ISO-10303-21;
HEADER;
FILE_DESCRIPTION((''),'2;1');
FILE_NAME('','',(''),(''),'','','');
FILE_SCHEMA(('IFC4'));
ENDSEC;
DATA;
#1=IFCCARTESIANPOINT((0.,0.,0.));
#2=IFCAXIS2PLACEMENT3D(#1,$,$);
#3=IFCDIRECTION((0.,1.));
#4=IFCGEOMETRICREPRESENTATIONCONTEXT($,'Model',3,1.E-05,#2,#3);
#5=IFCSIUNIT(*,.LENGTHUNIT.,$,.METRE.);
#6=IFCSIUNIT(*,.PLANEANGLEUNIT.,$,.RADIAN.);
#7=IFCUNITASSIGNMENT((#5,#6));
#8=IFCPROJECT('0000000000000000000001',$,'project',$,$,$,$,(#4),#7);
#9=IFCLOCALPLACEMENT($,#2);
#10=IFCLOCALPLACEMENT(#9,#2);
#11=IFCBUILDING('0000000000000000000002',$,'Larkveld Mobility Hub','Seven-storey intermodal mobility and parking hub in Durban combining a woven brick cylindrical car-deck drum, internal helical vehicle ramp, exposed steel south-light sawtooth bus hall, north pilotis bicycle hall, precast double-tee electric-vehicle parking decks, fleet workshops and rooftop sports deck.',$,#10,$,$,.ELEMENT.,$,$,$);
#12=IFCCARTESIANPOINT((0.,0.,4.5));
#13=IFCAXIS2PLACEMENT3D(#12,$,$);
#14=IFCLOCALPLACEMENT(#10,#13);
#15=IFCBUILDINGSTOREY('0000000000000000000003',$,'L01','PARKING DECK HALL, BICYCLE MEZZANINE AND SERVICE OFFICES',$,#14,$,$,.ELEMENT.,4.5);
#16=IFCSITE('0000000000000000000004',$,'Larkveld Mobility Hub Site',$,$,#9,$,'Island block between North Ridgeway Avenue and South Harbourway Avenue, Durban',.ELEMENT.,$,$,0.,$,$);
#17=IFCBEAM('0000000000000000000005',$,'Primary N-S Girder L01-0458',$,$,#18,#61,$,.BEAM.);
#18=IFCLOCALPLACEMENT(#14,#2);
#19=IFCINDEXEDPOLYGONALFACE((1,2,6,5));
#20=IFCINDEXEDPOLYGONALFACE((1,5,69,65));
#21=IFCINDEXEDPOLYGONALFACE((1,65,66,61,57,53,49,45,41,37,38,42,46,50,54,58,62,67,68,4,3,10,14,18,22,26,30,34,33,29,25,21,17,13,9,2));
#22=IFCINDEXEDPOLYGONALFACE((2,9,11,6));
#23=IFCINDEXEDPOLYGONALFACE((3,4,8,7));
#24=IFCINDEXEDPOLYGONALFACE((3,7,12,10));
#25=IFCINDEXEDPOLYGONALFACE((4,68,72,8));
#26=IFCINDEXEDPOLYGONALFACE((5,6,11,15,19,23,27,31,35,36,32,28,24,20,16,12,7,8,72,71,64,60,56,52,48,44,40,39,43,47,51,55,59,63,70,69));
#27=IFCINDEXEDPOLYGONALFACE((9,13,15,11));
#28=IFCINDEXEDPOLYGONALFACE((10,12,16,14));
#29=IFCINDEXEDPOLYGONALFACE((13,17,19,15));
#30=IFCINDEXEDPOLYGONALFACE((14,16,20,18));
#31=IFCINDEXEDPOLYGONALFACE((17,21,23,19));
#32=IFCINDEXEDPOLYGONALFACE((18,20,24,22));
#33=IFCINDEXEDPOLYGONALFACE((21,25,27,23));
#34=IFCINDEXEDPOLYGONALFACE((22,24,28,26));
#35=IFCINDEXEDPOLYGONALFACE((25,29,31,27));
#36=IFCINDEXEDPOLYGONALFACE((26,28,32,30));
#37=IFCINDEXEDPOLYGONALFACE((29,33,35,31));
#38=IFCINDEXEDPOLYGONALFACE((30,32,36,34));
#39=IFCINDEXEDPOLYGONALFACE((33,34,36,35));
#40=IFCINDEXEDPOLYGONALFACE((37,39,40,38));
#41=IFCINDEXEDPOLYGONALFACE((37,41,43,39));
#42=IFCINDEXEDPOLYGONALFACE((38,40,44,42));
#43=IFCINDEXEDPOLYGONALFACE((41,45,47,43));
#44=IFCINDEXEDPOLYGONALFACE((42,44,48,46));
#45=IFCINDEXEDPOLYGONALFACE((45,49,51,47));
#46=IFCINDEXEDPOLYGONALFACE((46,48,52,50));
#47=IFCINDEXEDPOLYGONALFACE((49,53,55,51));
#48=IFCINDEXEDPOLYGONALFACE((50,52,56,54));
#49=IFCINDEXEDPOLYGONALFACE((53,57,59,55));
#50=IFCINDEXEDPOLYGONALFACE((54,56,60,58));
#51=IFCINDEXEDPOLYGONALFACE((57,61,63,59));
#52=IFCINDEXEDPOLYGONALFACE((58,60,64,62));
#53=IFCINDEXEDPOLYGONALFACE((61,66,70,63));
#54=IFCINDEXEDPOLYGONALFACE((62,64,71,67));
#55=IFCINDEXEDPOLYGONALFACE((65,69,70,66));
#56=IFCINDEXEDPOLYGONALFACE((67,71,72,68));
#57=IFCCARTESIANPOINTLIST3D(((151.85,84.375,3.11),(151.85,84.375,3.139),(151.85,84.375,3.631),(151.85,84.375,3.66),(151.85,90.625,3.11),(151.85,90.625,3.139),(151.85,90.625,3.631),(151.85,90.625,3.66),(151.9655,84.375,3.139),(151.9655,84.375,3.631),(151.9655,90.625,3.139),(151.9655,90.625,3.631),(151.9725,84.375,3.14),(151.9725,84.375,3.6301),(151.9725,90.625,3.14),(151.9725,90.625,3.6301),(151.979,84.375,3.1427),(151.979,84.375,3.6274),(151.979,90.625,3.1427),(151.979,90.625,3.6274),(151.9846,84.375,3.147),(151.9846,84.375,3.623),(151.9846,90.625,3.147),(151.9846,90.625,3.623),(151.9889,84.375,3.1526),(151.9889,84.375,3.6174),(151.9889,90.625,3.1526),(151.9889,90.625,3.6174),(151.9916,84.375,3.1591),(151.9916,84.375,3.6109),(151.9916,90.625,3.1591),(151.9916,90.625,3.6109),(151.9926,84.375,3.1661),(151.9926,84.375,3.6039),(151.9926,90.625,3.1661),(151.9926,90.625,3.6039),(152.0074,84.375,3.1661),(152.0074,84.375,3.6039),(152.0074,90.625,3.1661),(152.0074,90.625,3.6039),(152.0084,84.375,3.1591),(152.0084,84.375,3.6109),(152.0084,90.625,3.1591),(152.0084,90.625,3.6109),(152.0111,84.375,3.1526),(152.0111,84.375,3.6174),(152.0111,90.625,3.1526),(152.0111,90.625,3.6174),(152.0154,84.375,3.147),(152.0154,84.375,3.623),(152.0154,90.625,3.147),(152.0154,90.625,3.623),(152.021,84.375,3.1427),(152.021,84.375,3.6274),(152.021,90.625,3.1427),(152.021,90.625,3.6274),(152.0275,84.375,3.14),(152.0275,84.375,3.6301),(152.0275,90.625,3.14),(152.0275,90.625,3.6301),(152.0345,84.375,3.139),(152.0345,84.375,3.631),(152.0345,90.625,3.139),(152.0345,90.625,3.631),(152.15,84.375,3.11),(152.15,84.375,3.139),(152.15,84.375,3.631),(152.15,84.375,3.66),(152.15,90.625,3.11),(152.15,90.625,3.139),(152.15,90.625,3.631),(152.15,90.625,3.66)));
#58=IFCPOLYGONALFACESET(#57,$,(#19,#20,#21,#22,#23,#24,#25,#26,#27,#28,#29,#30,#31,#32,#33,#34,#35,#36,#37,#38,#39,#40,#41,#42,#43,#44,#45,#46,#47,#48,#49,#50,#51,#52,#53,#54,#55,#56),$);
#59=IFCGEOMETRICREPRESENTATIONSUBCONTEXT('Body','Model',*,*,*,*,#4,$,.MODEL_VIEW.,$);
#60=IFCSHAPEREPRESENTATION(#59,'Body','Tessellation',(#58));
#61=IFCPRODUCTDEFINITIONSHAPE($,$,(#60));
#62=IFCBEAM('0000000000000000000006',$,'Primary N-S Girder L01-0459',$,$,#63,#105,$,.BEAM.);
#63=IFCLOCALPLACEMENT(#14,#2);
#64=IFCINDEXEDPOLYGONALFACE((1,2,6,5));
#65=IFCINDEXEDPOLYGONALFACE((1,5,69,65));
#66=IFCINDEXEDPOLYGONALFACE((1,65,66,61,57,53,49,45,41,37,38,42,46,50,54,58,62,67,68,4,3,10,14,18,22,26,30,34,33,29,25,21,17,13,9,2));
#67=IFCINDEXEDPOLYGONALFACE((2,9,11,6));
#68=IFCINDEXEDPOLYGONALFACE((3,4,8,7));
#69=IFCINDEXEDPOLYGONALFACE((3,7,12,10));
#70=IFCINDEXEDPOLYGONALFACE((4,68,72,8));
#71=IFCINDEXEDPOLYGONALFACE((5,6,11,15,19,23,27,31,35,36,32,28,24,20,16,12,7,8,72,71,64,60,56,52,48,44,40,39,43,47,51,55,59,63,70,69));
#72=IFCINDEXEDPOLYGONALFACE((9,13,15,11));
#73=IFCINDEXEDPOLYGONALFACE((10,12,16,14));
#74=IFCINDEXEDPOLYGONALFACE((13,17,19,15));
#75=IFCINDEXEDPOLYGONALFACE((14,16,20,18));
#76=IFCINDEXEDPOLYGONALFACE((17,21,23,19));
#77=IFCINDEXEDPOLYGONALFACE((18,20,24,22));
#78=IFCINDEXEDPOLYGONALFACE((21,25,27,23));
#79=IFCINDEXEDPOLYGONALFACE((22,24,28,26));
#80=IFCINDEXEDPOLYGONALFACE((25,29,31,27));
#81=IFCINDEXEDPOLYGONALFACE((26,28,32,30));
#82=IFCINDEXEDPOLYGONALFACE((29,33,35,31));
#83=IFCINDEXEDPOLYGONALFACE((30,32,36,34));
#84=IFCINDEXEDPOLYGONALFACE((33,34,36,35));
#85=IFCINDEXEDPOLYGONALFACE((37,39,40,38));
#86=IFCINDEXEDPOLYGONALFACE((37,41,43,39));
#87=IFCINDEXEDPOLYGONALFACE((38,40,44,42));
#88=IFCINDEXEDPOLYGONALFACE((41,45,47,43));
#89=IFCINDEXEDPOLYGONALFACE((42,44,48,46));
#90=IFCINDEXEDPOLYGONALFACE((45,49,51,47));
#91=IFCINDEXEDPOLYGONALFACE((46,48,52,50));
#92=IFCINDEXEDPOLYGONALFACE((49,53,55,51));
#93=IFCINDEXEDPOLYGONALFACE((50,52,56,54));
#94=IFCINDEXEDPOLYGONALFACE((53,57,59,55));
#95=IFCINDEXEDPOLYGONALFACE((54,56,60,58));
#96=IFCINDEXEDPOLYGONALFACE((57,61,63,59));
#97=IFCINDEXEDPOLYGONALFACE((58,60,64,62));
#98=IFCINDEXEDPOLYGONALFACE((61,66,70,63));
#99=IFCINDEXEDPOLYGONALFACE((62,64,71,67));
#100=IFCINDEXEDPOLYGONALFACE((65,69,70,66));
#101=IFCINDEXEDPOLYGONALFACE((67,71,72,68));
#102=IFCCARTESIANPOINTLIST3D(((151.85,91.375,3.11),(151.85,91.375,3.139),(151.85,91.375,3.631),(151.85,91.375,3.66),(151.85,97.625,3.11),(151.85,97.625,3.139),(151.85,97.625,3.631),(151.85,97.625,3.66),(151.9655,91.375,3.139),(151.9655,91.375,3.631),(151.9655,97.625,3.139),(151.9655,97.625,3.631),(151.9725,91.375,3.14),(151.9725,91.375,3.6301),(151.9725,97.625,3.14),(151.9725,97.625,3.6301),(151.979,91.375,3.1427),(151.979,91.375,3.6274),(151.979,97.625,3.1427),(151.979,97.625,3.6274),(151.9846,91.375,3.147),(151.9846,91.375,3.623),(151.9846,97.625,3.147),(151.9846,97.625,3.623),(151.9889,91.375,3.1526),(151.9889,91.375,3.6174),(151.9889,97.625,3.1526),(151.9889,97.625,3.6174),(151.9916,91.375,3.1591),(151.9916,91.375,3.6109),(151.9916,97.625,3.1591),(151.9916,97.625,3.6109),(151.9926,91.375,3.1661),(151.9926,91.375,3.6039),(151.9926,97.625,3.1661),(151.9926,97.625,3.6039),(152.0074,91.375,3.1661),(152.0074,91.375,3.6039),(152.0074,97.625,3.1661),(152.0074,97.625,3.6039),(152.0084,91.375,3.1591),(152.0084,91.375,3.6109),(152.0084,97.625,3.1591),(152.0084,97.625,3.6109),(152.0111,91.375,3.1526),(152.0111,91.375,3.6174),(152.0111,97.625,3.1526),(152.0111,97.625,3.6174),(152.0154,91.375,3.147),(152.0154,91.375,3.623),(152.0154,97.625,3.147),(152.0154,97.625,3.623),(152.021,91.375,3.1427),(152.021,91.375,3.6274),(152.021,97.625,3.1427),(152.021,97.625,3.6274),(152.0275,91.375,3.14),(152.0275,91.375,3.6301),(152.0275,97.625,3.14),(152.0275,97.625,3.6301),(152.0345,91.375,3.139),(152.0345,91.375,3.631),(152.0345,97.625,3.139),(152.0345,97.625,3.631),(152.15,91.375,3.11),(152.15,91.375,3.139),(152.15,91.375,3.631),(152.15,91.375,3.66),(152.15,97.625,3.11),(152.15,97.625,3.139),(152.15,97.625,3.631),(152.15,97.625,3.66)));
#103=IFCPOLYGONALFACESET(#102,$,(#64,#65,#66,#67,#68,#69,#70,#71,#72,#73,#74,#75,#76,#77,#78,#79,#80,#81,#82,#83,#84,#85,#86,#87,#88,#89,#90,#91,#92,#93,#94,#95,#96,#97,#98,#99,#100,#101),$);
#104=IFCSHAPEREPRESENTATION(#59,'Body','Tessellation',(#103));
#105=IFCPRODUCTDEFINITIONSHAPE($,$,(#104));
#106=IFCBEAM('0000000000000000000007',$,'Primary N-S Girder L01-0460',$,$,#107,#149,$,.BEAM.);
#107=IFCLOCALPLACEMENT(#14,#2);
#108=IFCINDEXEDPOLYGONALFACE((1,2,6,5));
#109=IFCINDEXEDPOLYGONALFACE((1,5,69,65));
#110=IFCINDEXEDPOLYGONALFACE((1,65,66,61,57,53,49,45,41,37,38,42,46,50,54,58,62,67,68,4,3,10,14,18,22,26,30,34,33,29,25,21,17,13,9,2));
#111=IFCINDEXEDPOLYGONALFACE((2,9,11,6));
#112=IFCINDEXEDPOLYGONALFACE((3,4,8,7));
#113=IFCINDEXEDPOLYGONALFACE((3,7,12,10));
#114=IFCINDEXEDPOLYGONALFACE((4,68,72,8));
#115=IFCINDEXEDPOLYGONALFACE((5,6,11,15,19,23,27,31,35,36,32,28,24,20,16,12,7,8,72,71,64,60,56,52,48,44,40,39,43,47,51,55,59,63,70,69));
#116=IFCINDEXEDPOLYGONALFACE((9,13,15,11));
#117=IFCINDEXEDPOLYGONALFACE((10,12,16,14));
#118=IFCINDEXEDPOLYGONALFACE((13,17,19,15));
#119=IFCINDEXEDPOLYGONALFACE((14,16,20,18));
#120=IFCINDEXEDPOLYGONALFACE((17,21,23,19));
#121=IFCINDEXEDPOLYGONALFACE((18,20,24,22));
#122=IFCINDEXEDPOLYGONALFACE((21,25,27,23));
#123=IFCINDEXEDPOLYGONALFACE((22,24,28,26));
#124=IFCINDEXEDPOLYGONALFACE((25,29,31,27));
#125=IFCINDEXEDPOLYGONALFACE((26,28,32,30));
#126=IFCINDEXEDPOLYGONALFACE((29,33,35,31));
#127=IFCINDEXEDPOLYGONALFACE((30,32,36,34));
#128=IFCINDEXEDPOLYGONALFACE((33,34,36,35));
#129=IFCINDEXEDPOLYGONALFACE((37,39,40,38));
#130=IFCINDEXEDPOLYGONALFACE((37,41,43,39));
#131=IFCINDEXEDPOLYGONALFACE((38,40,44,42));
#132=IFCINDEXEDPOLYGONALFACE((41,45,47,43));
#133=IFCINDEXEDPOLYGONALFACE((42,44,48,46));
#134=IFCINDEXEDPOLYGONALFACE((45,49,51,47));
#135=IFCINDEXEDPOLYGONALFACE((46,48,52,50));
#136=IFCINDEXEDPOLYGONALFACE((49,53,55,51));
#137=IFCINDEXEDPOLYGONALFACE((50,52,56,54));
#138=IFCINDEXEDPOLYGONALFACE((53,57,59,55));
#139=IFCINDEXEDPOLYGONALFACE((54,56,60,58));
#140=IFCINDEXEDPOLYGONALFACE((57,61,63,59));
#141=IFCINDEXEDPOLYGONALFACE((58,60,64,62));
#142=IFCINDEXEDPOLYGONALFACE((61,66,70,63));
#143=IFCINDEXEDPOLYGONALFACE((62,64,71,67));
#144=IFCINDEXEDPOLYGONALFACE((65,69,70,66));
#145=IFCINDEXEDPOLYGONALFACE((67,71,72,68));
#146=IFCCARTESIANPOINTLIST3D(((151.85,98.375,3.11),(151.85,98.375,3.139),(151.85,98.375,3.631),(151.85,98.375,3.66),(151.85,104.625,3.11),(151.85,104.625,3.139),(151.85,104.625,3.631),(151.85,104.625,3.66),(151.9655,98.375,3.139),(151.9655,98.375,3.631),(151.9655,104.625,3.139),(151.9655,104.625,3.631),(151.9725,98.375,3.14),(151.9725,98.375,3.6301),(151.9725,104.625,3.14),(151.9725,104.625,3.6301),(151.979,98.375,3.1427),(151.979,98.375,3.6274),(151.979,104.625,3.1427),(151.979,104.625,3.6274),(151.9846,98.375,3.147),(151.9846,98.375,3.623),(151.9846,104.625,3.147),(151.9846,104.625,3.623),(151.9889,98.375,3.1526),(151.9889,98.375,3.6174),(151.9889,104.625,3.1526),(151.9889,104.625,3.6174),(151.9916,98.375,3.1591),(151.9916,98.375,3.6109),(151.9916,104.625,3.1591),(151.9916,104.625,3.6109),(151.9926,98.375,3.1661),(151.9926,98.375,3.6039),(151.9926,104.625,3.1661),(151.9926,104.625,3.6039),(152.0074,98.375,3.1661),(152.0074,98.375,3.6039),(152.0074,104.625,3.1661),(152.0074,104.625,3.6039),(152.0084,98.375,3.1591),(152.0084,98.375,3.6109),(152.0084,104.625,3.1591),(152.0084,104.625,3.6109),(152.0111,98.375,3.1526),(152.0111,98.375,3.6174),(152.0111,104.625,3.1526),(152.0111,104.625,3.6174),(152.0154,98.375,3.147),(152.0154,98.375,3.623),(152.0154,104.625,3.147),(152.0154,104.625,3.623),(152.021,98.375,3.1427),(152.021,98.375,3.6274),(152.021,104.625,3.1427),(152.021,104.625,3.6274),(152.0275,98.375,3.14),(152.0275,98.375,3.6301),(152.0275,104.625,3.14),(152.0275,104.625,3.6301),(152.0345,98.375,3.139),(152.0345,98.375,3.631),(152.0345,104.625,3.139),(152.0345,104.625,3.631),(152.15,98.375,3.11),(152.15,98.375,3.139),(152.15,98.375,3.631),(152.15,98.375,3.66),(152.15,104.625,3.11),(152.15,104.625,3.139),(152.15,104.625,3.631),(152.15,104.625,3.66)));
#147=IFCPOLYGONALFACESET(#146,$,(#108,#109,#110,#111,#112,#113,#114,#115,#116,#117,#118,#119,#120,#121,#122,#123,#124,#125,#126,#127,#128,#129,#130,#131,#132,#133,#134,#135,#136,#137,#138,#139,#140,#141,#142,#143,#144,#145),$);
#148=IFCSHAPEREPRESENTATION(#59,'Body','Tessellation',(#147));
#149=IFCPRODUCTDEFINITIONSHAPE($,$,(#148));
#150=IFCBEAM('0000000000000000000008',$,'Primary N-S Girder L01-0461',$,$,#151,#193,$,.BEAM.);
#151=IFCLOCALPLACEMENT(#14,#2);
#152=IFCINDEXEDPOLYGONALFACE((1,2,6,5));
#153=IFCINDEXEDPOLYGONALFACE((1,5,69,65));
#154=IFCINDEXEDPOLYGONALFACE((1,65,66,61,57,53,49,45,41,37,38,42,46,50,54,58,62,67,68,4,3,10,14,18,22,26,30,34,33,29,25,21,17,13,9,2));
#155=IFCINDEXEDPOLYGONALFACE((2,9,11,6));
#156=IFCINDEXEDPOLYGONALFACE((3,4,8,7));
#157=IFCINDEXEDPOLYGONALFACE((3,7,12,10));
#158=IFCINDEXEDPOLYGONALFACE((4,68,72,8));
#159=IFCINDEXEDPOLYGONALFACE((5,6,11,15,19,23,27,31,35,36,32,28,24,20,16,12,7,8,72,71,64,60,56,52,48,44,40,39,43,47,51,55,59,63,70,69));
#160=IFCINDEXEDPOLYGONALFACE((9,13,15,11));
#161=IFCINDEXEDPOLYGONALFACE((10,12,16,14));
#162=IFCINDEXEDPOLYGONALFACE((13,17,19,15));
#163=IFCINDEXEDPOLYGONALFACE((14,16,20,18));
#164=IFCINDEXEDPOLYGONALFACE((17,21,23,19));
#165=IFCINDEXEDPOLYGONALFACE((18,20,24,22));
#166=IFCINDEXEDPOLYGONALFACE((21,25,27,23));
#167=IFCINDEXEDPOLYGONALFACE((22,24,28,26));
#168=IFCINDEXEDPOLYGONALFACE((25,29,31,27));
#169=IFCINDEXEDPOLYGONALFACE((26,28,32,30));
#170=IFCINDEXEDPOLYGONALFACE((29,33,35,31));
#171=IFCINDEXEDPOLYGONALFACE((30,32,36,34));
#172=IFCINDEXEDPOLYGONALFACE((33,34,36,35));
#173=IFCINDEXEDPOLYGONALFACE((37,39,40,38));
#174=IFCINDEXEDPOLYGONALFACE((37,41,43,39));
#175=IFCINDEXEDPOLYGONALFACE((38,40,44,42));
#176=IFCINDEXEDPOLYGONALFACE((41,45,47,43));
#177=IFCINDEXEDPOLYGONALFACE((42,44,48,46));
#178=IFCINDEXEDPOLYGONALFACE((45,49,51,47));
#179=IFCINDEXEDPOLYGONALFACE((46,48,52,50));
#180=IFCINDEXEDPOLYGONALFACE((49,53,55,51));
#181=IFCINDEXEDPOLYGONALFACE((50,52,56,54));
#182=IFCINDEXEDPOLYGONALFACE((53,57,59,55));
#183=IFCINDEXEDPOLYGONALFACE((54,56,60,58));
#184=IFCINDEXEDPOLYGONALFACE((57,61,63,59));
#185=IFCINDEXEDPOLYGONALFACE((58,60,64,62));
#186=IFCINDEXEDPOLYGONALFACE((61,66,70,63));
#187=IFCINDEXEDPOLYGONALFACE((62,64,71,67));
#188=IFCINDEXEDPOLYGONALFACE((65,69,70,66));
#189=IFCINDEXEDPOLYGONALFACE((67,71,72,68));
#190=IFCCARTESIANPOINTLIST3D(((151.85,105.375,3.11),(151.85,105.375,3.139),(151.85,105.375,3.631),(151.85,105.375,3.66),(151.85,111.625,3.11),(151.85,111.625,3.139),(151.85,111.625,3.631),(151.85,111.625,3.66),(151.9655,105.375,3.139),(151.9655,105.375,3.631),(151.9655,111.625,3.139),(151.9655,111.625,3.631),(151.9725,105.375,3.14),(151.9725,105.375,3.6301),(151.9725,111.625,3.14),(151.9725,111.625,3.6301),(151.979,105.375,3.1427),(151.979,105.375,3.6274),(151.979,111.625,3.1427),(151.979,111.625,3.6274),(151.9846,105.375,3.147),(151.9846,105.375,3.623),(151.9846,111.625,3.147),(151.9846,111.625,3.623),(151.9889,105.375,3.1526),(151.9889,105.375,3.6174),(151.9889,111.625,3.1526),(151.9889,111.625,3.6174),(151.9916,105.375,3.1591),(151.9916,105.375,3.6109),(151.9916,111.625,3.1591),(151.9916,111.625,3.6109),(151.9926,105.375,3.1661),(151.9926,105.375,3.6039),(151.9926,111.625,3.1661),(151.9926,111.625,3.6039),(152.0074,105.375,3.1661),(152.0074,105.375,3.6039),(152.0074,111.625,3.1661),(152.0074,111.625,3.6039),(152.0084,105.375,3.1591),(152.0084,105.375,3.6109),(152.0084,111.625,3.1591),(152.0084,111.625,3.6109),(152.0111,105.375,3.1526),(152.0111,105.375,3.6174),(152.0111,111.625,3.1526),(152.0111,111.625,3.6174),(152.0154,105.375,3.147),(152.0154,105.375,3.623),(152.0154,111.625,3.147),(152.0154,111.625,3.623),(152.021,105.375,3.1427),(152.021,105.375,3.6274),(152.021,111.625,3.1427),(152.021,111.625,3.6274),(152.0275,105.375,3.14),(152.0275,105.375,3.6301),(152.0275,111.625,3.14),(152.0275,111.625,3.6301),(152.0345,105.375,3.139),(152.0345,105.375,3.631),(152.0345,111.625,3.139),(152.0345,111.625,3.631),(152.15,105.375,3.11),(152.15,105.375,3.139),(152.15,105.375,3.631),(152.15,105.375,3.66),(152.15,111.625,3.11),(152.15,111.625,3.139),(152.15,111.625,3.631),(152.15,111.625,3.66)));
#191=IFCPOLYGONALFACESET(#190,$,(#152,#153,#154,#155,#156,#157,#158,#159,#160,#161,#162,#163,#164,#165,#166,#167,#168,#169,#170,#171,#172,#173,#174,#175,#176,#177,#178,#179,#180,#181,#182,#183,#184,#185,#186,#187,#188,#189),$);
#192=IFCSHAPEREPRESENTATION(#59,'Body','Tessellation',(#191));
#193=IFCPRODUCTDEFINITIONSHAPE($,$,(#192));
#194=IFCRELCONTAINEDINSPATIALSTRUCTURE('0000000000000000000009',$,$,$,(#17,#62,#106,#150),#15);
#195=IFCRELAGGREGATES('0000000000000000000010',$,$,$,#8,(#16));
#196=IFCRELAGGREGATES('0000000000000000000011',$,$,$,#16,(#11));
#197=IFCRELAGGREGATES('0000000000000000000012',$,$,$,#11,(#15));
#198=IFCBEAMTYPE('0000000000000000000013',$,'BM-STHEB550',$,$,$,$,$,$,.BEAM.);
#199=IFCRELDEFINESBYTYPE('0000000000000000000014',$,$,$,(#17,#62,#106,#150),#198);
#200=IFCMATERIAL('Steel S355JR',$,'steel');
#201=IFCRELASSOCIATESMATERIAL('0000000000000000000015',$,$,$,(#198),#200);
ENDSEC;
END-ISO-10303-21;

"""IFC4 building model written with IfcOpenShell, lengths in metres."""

from ifc_helpers import new_model, si_unit, direction, frame, origin, origin_2d, place, context, subcontext, project, spatial, i_section, extrude, material, material_profile, profile_set, type_object, element, save


model = new_model("IFC4")

# Units and contexts
model_context = context("Model", 3, precision=1e-05, world=origin(), true_north=direction((0.0, 1.0)))
body_context = subcontext(model_context, "Body", "Model", "MODEL_VIEW")
ifc_project = project(units=[si_unit("LENGTHUNIT", "METRE"), si_unit("PLANEANGLEUNIT", "RADIAN")], contexts=[model_context])

# Site, building, storey
site_placement = place(None, origin())
site = spatial("IfcSite", under=ifc_project, at=site_placement, Name="Larkveld Mobility Hub Site", LongName="Island block between North Ridgeway Avenue and South Harbourway Avenue, Durban", CompositionType="ELEMENT", RefElevation=0.0)
building_placement = place(site_placement, origin())
building = spatial("IfcBuilding", under=site, at=building_placement, Name="Larkveld Mobility Hub", Description="Seven-storey intermodal mobility and parking hub in Durban combining a woven brick cylindrical car-deck drum, internal helical vehicle ramp, exposed steel south-light sawtooth bus hall, north pilotis bicycle hall, precast double-tee electric-vehicle parking decks, fleet workshops and rooftop sports deck.", CompositionType="ELEMENT")
storey_placement = place(building_placement, frame((0.0, 0.0, 4.5)))
storey = spatial("IfcBuildingStorey", under=building, at=storey_placement, Name="L01", Description="PARKING DECK HALL, BICYCLE MEZZANINE AND SERVICE OFFICES", CompositionType="ELEMENT", Elevation=4.5)

# Beams
ifc_material_1 = material(Name="Steel S355JR", Category="steel")
ifc_material_profile_1 = material_profile(ifc_material_1, i_section(OverallWidth=0.3, OverallDepth=0.55, WebThickness=0.0149, FlangeThickness=0.0291, FilletRadius=0.0271, at=origin_2d()), Name="HEB 550")
ifc_profile_set_1 = profile_set([ifc_material_profile_1], Name="Steel S355JR")
beam_type = type_object("IfcBeamType", Name="BM-STHEB550", PredefinedType="BEAM", material=ifc_profile_set_1)
for number, where, z_axis, x_axis, name in (
    (1, (152.0, 84.375, 3.385), (0.0, 1.0, 0.0), (-1.0, 0.0, 0.0), "Primary N-S Girder L01-0458"),
    (2, (152.0, 91.375, 3.385), (0.0, 1.0, 0.0), (-1.0, 0.0, 0.0), "Primary N-S Girder L01-0459"),
    (3, (152.0, 98.375, 3.385), (0.0, 1.0, 0.0), (-1.0, 0.0, 0.0), "Primary N-S Girder L01-0460"),
    (4, (152.0, 105.375, 3.385), (0.0, 1.0, 0.0), (-1.0, 0.0, 0.0), "Primary N-S Girder L01-0461"),
):
    element("IfcBeam", number, at=place(storey_placement, frame(where, z_axis=z_axis, x_axis=x_axis)), inside=storey, type_object=beam_type, Name=name, PredefinedType="BEAM", context=body_context, shape_type="SweptSolid", body=[
        extrude(i_section(OverallWidth=0.3, OverallDepth=0.55, WebThickness=0.0149, FlangeThickness=0.0291, FilletRadius=0.0271, at=origin_2d()), origin(), (0.0, 0.0, 1.0), 6.25),
    ])

save(model, "model.ifc")
